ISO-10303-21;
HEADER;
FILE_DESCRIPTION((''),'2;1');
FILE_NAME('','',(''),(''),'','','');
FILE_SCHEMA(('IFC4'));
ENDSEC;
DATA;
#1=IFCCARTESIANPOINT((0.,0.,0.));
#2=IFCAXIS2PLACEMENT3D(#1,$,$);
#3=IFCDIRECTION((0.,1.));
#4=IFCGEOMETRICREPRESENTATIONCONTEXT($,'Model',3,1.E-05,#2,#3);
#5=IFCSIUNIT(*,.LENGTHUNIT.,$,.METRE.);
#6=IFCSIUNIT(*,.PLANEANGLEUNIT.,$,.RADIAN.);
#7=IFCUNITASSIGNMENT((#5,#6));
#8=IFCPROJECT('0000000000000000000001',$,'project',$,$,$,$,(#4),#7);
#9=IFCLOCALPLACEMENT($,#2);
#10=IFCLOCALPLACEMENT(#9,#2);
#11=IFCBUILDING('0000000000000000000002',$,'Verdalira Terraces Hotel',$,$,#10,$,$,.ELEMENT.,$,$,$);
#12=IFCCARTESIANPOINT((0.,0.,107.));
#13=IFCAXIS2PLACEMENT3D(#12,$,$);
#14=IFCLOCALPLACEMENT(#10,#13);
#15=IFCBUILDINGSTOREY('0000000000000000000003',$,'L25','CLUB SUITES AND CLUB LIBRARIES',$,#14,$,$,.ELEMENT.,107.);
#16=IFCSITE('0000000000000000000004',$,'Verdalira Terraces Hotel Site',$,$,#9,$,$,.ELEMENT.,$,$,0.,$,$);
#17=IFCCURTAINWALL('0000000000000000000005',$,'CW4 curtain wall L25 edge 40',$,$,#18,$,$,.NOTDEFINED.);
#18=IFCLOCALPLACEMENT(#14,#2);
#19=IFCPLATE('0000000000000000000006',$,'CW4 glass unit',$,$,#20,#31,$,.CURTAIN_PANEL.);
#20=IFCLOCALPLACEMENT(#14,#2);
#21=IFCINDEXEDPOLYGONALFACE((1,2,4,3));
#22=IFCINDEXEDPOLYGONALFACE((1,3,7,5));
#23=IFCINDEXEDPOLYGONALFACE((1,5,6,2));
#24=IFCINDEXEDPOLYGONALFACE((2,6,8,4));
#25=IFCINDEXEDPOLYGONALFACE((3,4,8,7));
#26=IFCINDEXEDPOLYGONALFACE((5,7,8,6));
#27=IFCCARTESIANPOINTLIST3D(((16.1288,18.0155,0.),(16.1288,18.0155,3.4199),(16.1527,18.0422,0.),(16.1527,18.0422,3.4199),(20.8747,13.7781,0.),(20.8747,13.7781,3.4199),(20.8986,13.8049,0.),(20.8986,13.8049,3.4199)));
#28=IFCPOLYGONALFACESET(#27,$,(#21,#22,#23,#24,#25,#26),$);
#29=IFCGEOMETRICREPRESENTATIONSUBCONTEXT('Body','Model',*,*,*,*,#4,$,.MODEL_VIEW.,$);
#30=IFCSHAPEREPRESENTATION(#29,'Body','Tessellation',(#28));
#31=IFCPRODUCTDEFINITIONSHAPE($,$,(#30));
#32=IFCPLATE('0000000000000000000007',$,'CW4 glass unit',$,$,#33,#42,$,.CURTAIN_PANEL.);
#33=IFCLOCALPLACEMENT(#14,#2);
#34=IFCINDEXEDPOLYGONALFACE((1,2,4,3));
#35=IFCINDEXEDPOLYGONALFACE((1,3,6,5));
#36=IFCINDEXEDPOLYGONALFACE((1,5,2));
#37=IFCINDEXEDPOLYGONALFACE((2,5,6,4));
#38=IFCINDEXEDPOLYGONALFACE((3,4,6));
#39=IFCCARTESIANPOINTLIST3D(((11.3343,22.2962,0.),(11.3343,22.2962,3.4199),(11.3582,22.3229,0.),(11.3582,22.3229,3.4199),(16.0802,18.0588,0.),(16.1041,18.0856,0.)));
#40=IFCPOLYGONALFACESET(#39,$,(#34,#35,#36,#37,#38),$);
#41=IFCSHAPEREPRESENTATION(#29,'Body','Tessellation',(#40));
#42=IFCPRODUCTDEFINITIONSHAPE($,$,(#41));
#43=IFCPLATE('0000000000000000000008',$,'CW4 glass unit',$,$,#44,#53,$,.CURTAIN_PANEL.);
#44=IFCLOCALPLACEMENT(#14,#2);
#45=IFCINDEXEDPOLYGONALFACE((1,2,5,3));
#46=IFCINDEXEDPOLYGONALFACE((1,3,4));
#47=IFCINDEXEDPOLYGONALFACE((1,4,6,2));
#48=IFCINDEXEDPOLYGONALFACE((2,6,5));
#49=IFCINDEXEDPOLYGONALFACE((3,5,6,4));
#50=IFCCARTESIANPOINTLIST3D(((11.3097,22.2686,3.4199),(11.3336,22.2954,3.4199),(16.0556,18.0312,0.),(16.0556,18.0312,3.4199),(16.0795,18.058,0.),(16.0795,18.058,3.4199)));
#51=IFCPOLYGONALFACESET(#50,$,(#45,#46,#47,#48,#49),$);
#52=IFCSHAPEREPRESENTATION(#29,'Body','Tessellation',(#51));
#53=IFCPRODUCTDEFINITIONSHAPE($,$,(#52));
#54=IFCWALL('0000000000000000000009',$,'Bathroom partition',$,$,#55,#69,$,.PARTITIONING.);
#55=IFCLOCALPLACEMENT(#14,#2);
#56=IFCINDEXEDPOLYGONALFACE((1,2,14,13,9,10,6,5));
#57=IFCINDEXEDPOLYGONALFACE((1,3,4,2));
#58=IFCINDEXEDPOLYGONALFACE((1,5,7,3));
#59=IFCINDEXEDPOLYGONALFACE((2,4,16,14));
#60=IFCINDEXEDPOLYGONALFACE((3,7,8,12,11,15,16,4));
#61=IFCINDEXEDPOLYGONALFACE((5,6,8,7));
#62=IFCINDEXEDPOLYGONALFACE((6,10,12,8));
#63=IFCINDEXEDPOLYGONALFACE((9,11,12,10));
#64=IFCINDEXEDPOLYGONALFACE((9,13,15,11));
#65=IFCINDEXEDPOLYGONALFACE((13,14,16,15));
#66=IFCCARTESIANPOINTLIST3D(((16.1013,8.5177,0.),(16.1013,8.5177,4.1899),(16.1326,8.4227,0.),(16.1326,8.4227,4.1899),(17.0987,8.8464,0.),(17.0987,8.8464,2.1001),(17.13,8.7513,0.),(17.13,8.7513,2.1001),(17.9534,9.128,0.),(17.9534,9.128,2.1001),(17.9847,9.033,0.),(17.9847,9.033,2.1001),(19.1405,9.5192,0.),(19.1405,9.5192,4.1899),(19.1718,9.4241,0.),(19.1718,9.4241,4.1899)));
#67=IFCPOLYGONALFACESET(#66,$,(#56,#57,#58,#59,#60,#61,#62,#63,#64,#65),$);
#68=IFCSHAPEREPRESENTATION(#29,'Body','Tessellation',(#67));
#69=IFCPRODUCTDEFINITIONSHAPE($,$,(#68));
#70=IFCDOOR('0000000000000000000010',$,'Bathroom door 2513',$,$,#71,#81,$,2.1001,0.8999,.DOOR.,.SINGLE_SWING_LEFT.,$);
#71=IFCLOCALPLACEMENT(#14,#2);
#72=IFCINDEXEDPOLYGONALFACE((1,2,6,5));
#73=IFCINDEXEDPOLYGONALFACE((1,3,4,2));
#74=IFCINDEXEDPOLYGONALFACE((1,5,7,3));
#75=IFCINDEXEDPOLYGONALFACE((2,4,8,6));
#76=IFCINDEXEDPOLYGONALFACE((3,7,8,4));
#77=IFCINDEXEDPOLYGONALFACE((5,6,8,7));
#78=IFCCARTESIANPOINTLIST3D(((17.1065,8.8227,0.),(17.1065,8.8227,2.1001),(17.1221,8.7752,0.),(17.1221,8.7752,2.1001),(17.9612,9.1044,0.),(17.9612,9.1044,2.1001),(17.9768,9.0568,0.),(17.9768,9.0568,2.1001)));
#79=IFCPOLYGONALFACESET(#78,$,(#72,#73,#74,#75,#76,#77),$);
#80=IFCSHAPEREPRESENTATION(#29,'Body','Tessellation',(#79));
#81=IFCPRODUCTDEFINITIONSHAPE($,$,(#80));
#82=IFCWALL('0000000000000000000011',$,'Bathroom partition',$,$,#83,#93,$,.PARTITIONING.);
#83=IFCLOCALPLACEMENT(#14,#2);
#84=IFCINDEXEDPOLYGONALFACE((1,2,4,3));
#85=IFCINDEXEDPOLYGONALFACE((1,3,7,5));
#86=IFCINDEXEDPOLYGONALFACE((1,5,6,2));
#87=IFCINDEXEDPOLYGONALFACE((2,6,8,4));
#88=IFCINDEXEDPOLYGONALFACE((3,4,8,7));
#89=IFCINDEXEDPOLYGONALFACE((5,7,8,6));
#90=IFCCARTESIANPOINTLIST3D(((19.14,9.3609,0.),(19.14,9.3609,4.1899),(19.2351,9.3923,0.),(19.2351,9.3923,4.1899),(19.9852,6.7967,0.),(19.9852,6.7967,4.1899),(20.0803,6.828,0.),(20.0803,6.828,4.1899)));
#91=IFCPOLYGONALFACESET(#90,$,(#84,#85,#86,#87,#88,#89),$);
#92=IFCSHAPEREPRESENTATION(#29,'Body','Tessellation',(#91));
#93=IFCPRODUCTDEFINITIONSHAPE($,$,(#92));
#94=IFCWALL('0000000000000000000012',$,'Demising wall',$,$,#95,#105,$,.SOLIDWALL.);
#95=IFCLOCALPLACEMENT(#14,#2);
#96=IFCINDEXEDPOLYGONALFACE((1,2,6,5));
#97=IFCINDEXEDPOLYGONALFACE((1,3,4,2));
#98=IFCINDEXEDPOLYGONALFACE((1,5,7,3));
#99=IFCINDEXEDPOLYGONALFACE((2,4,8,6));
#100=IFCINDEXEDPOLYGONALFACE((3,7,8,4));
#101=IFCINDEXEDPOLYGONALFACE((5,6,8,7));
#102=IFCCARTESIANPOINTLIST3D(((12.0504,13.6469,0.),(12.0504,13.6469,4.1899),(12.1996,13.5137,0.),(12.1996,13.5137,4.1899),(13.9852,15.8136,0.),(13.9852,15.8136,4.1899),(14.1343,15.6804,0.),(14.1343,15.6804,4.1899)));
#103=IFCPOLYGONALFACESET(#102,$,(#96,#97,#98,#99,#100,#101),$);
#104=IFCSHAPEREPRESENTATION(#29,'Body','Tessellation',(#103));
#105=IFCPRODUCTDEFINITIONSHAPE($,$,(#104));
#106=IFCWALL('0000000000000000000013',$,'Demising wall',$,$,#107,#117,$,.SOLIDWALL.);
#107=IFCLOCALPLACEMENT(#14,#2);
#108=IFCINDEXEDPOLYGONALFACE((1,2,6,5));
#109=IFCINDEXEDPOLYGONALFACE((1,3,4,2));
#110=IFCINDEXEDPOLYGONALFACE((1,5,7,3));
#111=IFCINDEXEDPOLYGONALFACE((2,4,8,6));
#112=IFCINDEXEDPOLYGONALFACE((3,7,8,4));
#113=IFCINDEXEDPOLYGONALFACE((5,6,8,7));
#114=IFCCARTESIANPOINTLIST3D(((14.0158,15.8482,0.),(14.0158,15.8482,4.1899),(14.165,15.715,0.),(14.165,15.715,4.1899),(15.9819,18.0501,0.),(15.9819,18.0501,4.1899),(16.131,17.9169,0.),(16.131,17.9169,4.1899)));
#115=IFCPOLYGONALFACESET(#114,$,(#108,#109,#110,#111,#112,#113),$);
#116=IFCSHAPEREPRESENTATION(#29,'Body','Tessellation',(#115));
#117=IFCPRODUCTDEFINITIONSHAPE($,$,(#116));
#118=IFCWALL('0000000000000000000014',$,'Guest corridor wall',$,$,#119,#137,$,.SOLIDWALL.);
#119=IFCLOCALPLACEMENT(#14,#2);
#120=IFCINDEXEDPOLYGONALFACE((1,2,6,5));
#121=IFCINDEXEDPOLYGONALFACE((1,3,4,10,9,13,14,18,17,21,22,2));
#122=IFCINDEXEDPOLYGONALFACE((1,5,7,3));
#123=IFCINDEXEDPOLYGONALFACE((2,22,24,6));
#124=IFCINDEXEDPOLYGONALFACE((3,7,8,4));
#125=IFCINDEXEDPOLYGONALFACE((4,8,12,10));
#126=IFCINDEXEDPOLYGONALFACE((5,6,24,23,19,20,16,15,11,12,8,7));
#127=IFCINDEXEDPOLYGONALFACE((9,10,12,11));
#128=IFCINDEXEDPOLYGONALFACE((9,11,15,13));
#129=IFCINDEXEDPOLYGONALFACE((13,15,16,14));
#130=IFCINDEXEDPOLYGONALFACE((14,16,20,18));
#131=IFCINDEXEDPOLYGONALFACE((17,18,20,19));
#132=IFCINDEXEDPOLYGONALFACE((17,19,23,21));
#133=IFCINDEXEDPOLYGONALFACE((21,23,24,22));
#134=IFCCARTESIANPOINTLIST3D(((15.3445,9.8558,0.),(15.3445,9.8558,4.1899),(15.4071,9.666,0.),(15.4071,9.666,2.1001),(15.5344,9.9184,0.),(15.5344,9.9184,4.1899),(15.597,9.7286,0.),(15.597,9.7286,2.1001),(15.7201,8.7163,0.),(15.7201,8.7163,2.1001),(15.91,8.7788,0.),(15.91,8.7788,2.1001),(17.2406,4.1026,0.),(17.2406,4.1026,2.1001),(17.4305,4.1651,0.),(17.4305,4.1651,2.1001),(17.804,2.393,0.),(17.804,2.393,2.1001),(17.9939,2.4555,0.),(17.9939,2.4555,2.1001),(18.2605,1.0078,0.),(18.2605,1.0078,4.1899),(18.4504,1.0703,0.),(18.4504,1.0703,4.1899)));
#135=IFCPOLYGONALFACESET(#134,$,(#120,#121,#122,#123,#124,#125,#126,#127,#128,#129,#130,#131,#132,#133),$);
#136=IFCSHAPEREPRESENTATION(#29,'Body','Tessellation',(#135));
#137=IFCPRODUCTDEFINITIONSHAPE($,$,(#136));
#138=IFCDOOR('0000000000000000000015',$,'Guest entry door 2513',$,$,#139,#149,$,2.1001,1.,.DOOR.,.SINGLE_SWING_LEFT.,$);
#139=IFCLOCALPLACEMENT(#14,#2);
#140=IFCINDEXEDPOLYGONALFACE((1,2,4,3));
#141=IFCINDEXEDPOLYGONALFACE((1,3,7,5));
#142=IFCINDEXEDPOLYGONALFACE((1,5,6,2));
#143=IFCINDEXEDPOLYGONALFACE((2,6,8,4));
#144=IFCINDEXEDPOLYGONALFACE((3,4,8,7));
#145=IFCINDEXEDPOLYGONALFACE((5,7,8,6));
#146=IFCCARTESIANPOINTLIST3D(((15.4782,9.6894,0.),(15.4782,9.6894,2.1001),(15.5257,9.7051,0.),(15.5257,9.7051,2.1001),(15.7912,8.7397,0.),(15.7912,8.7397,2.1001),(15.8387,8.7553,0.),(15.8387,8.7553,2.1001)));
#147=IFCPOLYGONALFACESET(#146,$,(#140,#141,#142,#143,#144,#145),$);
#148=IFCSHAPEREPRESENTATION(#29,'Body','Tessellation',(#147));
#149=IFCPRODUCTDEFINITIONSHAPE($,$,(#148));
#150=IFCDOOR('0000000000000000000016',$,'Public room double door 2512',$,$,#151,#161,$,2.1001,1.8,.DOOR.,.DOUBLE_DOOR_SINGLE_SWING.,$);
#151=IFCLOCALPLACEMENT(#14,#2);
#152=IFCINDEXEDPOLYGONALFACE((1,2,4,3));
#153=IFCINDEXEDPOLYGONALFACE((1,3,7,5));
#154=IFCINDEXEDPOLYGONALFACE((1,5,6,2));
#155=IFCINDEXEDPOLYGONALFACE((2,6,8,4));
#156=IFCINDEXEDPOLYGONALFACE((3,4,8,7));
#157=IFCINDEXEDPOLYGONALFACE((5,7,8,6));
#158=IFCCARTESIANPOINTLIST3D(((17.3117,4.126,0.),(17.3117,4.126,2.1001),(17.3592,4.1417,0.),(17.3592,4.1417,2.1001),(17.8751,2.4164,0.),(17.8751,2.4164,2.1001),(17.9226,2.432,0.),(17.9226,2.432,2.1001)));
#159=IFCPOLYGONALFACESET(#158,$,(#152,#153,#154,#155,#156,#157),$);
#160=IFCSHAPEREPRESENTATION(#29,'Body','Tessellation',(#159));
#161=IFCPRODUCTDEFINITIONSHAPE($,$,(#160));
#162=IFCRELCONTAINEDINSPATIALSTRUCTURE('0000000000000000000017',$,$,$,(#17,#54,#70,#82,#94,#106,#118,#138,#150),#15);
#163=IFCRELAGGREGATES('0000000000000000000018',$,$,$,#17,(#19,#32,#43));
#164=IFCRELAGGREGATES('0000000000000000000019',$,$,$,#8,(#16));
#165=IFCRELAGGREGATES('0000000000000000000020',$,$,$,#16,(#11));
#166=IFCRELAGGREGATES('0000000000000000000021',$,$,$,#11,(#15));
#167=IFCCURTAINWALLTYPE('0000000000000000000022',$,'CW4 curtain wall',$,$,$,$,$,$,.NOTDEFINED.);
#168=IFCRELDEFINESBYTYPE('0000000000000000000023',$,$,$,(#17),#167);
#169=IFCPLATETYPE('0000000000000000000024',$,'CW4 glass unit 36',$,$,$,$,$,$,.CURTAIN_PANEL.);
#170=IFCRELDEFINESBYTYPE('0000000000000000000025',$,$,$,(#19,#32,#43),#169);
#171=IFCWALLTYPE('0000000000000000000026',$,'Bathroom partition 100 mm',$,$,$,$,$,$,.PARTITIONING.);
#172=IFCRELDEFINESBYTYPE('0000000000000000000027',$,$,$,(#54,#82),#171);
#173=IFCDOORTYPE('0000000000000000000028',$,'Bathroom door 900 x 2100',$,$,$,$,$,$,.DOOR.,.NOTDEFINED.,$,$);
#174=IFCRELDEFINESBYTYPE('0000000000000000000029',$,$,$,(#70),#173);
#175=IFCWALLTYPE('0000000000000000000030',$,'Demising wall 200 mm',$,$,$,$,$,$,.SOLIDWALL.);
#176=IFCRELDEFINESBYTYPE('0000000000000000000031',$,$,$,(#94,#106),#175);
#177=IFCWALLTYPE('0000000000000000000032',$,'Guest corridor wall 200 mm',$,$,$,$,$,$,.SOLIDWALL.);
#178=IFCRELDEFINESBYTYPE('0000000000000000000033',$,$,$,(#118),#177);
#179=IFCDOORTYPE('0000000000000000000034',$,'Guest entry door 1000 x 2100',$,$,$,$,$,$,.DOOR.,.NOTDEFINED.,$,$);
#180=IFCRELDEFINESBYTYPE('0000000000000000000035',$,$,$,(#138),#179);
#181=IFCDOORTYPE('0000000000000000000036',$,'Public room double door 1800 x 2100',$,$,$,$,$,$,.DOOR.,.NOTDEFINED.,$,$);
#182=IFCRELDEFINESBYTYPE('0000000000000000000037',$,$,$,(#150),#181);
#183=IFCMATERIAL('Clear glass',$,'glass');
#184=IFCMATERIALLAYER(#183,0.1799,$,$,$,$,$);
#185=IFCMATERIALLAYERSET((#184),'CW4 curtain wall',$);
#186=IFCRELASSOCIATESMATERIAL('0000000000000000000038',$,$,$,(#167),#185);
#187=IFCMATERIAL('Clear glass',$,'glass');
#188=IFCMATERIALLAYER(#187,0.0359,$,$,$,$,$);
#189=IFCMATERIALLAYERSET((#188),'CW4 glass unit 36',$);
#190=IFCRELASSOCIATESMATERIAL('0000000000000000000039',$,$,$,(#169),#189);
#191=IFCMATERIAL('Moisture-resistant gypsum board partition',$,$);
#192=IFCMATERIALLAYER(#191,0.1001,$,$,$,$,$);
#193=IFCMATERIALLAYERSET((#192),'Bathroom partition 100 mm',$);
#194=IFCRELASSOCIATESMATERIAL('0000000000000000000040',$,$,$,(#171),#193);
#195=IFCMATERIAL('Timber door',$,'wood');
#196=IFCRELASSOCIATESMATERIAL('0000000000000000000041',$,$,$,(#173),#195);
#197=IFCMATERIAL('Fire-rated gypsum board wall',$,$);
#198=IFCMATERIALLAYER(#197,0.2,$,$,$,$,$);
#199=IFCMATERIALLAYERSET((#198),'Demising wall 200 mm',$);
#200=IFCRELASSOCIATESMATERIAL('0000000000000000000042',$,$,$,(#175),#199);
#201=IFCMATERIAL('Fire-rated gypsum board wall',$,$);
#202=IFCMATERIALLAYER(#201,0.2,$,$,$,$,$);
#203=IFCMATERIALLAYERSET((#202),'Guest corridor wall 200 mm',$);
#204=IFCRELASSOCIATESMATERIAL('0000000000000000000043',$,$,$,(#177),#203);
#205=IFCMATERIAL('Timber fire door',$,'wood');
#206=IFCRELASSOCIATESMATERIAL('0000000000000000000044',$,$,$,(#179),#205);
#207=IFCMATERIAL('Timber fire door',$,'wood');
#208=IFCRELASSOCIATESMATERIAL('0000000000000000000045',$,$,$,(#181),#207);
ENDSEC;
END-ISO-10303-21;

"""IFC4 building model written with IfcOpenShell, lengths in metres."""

from ifc_helpers import new_model, si_unit, direction, frame, frame_2d, origin, origin_2d, place, context, subcontext, project, spatial, polyline, rectangle, outline, extrude, material, layer, layer_set, type_object, element, fill, aggregate, save


model = new_model("IFC4")

# Units and contexts
model_context = context("Model", 3, precision=1e-05, world=origin(), true_north=direction((0.0, 1.0)))
body_context = subcontext(model_context, "Body", "Model", "MODEL_VIEW")
ifc_project = project(units=[si_unit("LENGTHUNIT", "METRE"), si_unit("PLANEANGLEUNIT", "RADIAN")], contexts=[model_context])

# Site, building, storey
site_placement = place(None, origin())
site = spatial("IfcSite", under=ifc_project, at=site_placement, Name="Verdalira Terraces Hotel Site", CompositionType="ELEMENT", RefElevation=0.0)
building_placement = place(site_placement, origin())
building = spatial("IfcBuilding", under=site, at=building_placement, Name="Verdalira Terraces Hotel", CompositionType="ELEMENT")
storey_placement = place(building_placement, frame((0.0, 0.0, 107.0)))
storey = spatial("IfcBuildingStorey", under=building, at=storey_placement, Name="L25", Description="CLUB SUITES AND CLUB LIBRARIES", CompositionType="ELEMENT", Elevation=107.0)

# Curtain wall
ifc_material_1 = material(Name="Clear glass", Category="glass")
ifc_layer_1 = layer(ifc_material_1, 0.1799)
ifc_layer_set_1 = layer_set([ifc_layer_1], Name="CW4 curtain wall")
curtain_wall_type = type_object("IfcCurtainWallType", Name="CW4 curtain wall", PredefinedType="NOTDEFINED", material=ifc_layer_set_1)
curtain_wall_1_placement = place(storey_placement, origin())
curtain_wall_1 = element("IfcCurtainWall", 1, at=curtain_wall_1_placement, inside=storey, type_object=curtain_wall_type, Name="CW4 curtain wall L25 edge 40", PredefinedType="NOTDEFINED")

# Plates
ifc_material_2 = material(Name="Clear glass", Category="glass")
ifc_layer_2 = layer(ifc_material_2, 0.0359)
ifc_layer_set_2 = layer_set([ifc_layer_2], Name="CW4 glass unit 36")
plate_type = type_object("IfcPlateType", Name="CW4 glass unit 36", PredefinedType="CURTAIN_PANEL", material=ifc_layer_set_2)
plate_1_placement = place(storey_placement, frame((18.5137, 15.9102, 0.0), z_axis=(0.0, 0.0, 1.0), x_axis=(-0.745941, 0.666012, 0.0)))
plate_1 = element("IfcPlate", 2, at=plate_1_placement, type_object=plate_type, Name="CW4 glass unit", PredefinedType="CURTAIN_PANEL", context=body_context, shape_type="SweptSolid", body=[
    extrude(rectangle(XDim=6.3623, YDim=0.0359, at=origin_2d()), origin(), (0.0, 0.0, 1.0), 3.4199),
])
plate_2_placement = place(storey_placement, frame((13.7073, 20.1775, 1.71), z_axis=(0.666012, 0.745941, 0.0), x_axis=(-0.745941, 0.666012, 0.0)))
plate_2 = element("IfcPlate", 3, at=plate_2_placement, type_object=plate_type, Name="CW4 glass unit", PredefinedType="CURTAIN_PANEL", context=body_context, shape_type="SweptSolid", body=[
    extrude(outline(polyline([(-3.1812, -1.71), (3.1812, -1.71), (3.1812, 1.71), (-3.1812, -1.71)])), origin(), (0.0, 0.0, 1.0), 0.0359),
])
plate_3_placement = place(storey_placement, frame((13.6826, 20.1499, 1.71), z_axis=(0.666012, 0.745941, 0.0), x_axis=(-0.745941, 0.666012, 0.0)))
plate_3 = element("IfcPlate", 4, at=plate_3_placement, type_object=plate_type, Name="CW4 glass unit", PredefinedType="CURTAIN_PANEL", context=body_context, shape_type="SweptSolid", body=[
    extrude(outline(polyline([(-3.1812, -1.71), (3.1812, 1.71), (-3.1812, 1.71), (-3.1812, -1.71)])), origin(), (0.0, 0.0, 1.0), 0.0359),
])
aggregate(curtain_wall_1, [plate_1, plate_2, plate_3])

# Wall, opening, door
ifc_material_3 = material(Name="Moisture-resistant gypsum board partition")
ifc_layer_3 = layer(ifc_material_3, 0.1001)
ifc_layer_set_3 = layer_set([ifc_layer_3], Name="Bathroom partition 100 mm")
wall_type_1 = type_object("IfcWallType", Name="Bathroom partition 100 mm", PredefinedType="PARTITIONING", material=ifc_layer_set_3)
wall_1_placement = place(storey_placement, frame((19.1562, 9.4717, 0.0), z_axis=(0.0, 0.0, 1.0), x_axis=(-0.949769, -0.312953, 0.0)))
wall_1 = element("IfcWall", 5, at=wall_1_placement, inside=storey, type_object=wall_type_1, Name="Bathroom partition", PredefinedType="PARTITIONING", context=body_context, shape_type="SweptSolid", body=[
    extrude(rectangle(XDim=3.2, YDim=0.1001, at=frame_2d((1.6001, 0.0))), origin(), (0.0, 0.0, 1.0), 4.1899),
])
opening_1_placement = place(wall_1_placement, frame((1.25, 0.0, 0.0)))
opening_1 = element("IfcOpeningElement", 6, at=opening_1_placement, cuts=wall_1, PredefinedType="OPENING", context=body_context, shape_type="SweptSolid", body=[
    extrude(rectangle(XDim=0.8999, YDim=2.1001, at=frame_2d((0.45, 1.05))), frame((0.0, 0.0601, 0.0), z_axis=(0.0, -1.0, 0.0), x_axis=(1.0, 0.0, 0.0)), (0.0, 0.0, 1.0), 0.1201),
])
ifc_material_4 = material(Name="Timber door", Category="wood")
door_type_1 = type_object("IfcDoorType", Name="Bathroom door 900 x 2100", OperationType="NOTDEFINED", PredefinedType="DOOR", material=ifc_material_4)
door_1_placement = place(opening_1_placement, origin())
door_1 = element("IfcDoor", 7, at=door_1_placement, inside=storey, type_object=door_type_1, Name="Bathroom door 2513", OperationType="SINGLE_SWING_LEFT", OverallHeight=2.1001, OverallWidth=0.8999, PredefinedType="DOOR", context=body_context, shape_type="SweptSolid", body=[
    extrude(rectangle(XDim=0.8999, YDim=2.1001, at=frame_2d((0.45, 1.05))), frame((0.0, 0.0249, 0.0), z_axis=(0.0, -1.0, 0.0), x_axis=(1.0, 0.0, 0.0)), (0.0, 0.0, 1.0), 0.05),
])
fill(opening_1, door_1)

# Walls
wall_2_placement = place(storey_placement, frame((19.1875, 9.3767, 0.0), z_axis=(0.0, 0.0, 1.0), x_axis=(0.313052, -0.949736, 0.0)))
element("IfcWall", 8, at=wall_2_placement, inside=storey, type_object=wall_type_1, Name="Bathroom partition", PredefinedType="PARTITIONING", context=body_context, shape_type="SweptSolid", body=[
    extrude(rectangle(XDim=2.7, YDim=0.1001, at=frame_2d((1.3501, 0.0))), origin(), (0.0, 0.0, 1.0), 4.1899),
])
ifc_material_5 = material(Name="Fire-rated gypsum board wall")
ifc_layer_4 = layer(ifc_material_5, 0.2)
ifc_layer_set_4 = layer_set([ifc_layer_4], Name="Demising wall 200 mm")
wall_type_2 = type_object("IfcWallType", Name="Demising wall 200 mm", PredefinedType="SOLIDWALL", material=ifc_layer_set_4)
wall_3_placement = place(storey_placement, frame((12.125, 13.5803, 0.0), z_axis=(0.0, 0.0, 1.0), x_axis=(0.666058, 0.7459, 0.0)))
element("IfcWall", 9, at=wall_3_placement, inside=storey, type_object=wall_type_2, Name="Demising wall", PredefinedType="SOLIDWALL", context=body_context, shape_type="SweptSolid", body=[
    extrude(rectangle(XDim=2.9048, YDim=0.2, at=frame_2d((1.4524, 0.0))), origin(), (0.0, 0.0, 1.0), 4.1899),
])
wall_4_placement = place(storey_placement, frame((14.0903, 15.7815, 0.0), z_axis=(0.0, 0.0, 1.0), x_axis=(0.666031, 0.745924, 0.0)))
element("IfcWall", 10, at=wall_4_placement, inside=storey, type_object=wall_type_2, Name="Demising wall", PredefinedType="SOLIDWALL", context=body_context, shape_type="SweptSolid", body=[
    extrude(rectangle(XDim=2.9519, YDim=0.2, at=frame_2d((1.4761, 0.0))), origin(), (0.0, 0.0, 1.0), 4.1899),
])

# Wall, openings, doors
ifc_material_6 = material(Name="Fire-rated gypsum board wall")
ifc_layer_5 = layer(ifc_material_6, 0.2)
ifc_layer_set_5 = layer_set([ifc_layer_5], Name="Guest corridor wall 200 mm")
wall_type_3 = type_object("IfcWallType", Name="Guest corridor wall 200 mm", PredefinedType="SOLIDWALL", material=ifc_layer_set_5)
wall_5_placement = place(storey_placement, frame((15.4395, 9.8872, 0.0), z_axis=(0.0, 0.0, 1.0), x_axis=(0.313003, -0.949752, 0.0)))
wall_5 = element("IfcWall", 11, at=wall_5_placement, inside=storey, type_object=wall_type_3, Name="Guest corridor wall", PredefinedType="SOLIDWALL", context=body_context, shape_type="SweptSolid", body=[
    extrude(rectangle(XDim=9.3162, YDim=0.2, at=frame_2d((4.6582, 0.0))), origin(), (0.0, 0.0, 1.0), 4.1899),
])
opening_2_placement = place(wall_5_placement, frame((6.0579, 0.0, 0.0)))
opening_2 = element("IfcOpeningElement", 12, at=opening_2_placement, cuts=wall_5, PredefinedType="OPENING", context=body_context, shape_type="SweptSolid", body=[
    extrude(rectangle(XDim=1.8, YDim=2.1001, at=frame_2d((0.8999, 1.05))), frame((0.0, 0.1099, 0.0), z_axis=(0.0, -1.0, 0.0), x_axis=(1.0, 0.0, 0.0)), (0.0, 0.0, 1.0), 0.22),
])
opening_3_placement = place(wall_5_placement, frame((0.2, 0.0, 0.0)))
opening_3 = element("IfcOpeningElement", 13, at=opening_3_placement, cuts=wall_5, PredefinedType="OPENING", context=body_context, shape_type="SweptSolid", body=[
    extrude(rectangle(XDim=1.0, YDim=2.1001, at=frame_2d((0.5, 1.05))), frame((0.0, 0.1099, 0.0), z_axis=(0.0, -1.0, 0.0), x_axis=(1.0, 0.0, 0.0)), (0.0, 0.0, 1.0), 0.22),
])
ifc_material_7 = material(Name="Timber fire door", Category="wood")
door_type_2 = type_object("IfcDoorType", Name="Guest entry door 1000 x 2100", OperationType="NOTDEFINED", PredefinedType="DOOR", material=ifc_material_7)
door_2_placement = place(opening_3_placement, origin())
door_2 = element("IfcDoor", 14, at=door_2_placement, inside=storey, type_object=door_type_2, Name="Guest entry door 2513", OperationType="SINGLE_SWING_LEFT", OverallHeight=2.1001, OverallWidth=1.0, PredefinedType="DOOR", context=body_context, shape_type="SweptSolid", body=[
    extrude(rectangle(XDim=1.0, YDim=2.1001, at=frame_2d((0.5, 1.05))), frame((0.0, 0.0249, 0.0), z_axis=(0.0, -1.0, 0.0), x_axis=(1.0, 0.0, 0.0)), (0.0, 0.0, 1.0), 0.05),
])
fill(opening_3, door_2)
ifc_material_8 = material(Name="Timber fire door", Category="wood")
door_type_3 = type_object("IfcDoorType", Name="Public room double door 1800 x 2100", OperationType="NOTDEFINED", PredefinedType="DOOR", material=ifc_material_8)
door_3_placement = place(opening_2_placement, origin())
door_3 = element("IfcDoor", 15, at=door_3_placement, inside=storey, type_object=door_type_3, Name="Public room double door 2512", OperationType="DOUBLE_DOOR_SINGLE_SWING", OverallHeight=2.1001, OverallWidth=1.8, PredefinedType="DOOR", context=body_context, shape_type="SweptSolid", body=[
    extrude(rectangle(XDim=1.8, YDim=2.1001, at=frame_2d((0.8999, 1.05))), frame((0.0, 0.0249, 0.0), z_axis=(0.0, -1.0, 0.0), x_axis=(1.0, 0.0, 0.0)), (0.0, 0.0, 1.0), 0.05),
])
fill(opening_2, door_3)

save(model, "model.ifc")
